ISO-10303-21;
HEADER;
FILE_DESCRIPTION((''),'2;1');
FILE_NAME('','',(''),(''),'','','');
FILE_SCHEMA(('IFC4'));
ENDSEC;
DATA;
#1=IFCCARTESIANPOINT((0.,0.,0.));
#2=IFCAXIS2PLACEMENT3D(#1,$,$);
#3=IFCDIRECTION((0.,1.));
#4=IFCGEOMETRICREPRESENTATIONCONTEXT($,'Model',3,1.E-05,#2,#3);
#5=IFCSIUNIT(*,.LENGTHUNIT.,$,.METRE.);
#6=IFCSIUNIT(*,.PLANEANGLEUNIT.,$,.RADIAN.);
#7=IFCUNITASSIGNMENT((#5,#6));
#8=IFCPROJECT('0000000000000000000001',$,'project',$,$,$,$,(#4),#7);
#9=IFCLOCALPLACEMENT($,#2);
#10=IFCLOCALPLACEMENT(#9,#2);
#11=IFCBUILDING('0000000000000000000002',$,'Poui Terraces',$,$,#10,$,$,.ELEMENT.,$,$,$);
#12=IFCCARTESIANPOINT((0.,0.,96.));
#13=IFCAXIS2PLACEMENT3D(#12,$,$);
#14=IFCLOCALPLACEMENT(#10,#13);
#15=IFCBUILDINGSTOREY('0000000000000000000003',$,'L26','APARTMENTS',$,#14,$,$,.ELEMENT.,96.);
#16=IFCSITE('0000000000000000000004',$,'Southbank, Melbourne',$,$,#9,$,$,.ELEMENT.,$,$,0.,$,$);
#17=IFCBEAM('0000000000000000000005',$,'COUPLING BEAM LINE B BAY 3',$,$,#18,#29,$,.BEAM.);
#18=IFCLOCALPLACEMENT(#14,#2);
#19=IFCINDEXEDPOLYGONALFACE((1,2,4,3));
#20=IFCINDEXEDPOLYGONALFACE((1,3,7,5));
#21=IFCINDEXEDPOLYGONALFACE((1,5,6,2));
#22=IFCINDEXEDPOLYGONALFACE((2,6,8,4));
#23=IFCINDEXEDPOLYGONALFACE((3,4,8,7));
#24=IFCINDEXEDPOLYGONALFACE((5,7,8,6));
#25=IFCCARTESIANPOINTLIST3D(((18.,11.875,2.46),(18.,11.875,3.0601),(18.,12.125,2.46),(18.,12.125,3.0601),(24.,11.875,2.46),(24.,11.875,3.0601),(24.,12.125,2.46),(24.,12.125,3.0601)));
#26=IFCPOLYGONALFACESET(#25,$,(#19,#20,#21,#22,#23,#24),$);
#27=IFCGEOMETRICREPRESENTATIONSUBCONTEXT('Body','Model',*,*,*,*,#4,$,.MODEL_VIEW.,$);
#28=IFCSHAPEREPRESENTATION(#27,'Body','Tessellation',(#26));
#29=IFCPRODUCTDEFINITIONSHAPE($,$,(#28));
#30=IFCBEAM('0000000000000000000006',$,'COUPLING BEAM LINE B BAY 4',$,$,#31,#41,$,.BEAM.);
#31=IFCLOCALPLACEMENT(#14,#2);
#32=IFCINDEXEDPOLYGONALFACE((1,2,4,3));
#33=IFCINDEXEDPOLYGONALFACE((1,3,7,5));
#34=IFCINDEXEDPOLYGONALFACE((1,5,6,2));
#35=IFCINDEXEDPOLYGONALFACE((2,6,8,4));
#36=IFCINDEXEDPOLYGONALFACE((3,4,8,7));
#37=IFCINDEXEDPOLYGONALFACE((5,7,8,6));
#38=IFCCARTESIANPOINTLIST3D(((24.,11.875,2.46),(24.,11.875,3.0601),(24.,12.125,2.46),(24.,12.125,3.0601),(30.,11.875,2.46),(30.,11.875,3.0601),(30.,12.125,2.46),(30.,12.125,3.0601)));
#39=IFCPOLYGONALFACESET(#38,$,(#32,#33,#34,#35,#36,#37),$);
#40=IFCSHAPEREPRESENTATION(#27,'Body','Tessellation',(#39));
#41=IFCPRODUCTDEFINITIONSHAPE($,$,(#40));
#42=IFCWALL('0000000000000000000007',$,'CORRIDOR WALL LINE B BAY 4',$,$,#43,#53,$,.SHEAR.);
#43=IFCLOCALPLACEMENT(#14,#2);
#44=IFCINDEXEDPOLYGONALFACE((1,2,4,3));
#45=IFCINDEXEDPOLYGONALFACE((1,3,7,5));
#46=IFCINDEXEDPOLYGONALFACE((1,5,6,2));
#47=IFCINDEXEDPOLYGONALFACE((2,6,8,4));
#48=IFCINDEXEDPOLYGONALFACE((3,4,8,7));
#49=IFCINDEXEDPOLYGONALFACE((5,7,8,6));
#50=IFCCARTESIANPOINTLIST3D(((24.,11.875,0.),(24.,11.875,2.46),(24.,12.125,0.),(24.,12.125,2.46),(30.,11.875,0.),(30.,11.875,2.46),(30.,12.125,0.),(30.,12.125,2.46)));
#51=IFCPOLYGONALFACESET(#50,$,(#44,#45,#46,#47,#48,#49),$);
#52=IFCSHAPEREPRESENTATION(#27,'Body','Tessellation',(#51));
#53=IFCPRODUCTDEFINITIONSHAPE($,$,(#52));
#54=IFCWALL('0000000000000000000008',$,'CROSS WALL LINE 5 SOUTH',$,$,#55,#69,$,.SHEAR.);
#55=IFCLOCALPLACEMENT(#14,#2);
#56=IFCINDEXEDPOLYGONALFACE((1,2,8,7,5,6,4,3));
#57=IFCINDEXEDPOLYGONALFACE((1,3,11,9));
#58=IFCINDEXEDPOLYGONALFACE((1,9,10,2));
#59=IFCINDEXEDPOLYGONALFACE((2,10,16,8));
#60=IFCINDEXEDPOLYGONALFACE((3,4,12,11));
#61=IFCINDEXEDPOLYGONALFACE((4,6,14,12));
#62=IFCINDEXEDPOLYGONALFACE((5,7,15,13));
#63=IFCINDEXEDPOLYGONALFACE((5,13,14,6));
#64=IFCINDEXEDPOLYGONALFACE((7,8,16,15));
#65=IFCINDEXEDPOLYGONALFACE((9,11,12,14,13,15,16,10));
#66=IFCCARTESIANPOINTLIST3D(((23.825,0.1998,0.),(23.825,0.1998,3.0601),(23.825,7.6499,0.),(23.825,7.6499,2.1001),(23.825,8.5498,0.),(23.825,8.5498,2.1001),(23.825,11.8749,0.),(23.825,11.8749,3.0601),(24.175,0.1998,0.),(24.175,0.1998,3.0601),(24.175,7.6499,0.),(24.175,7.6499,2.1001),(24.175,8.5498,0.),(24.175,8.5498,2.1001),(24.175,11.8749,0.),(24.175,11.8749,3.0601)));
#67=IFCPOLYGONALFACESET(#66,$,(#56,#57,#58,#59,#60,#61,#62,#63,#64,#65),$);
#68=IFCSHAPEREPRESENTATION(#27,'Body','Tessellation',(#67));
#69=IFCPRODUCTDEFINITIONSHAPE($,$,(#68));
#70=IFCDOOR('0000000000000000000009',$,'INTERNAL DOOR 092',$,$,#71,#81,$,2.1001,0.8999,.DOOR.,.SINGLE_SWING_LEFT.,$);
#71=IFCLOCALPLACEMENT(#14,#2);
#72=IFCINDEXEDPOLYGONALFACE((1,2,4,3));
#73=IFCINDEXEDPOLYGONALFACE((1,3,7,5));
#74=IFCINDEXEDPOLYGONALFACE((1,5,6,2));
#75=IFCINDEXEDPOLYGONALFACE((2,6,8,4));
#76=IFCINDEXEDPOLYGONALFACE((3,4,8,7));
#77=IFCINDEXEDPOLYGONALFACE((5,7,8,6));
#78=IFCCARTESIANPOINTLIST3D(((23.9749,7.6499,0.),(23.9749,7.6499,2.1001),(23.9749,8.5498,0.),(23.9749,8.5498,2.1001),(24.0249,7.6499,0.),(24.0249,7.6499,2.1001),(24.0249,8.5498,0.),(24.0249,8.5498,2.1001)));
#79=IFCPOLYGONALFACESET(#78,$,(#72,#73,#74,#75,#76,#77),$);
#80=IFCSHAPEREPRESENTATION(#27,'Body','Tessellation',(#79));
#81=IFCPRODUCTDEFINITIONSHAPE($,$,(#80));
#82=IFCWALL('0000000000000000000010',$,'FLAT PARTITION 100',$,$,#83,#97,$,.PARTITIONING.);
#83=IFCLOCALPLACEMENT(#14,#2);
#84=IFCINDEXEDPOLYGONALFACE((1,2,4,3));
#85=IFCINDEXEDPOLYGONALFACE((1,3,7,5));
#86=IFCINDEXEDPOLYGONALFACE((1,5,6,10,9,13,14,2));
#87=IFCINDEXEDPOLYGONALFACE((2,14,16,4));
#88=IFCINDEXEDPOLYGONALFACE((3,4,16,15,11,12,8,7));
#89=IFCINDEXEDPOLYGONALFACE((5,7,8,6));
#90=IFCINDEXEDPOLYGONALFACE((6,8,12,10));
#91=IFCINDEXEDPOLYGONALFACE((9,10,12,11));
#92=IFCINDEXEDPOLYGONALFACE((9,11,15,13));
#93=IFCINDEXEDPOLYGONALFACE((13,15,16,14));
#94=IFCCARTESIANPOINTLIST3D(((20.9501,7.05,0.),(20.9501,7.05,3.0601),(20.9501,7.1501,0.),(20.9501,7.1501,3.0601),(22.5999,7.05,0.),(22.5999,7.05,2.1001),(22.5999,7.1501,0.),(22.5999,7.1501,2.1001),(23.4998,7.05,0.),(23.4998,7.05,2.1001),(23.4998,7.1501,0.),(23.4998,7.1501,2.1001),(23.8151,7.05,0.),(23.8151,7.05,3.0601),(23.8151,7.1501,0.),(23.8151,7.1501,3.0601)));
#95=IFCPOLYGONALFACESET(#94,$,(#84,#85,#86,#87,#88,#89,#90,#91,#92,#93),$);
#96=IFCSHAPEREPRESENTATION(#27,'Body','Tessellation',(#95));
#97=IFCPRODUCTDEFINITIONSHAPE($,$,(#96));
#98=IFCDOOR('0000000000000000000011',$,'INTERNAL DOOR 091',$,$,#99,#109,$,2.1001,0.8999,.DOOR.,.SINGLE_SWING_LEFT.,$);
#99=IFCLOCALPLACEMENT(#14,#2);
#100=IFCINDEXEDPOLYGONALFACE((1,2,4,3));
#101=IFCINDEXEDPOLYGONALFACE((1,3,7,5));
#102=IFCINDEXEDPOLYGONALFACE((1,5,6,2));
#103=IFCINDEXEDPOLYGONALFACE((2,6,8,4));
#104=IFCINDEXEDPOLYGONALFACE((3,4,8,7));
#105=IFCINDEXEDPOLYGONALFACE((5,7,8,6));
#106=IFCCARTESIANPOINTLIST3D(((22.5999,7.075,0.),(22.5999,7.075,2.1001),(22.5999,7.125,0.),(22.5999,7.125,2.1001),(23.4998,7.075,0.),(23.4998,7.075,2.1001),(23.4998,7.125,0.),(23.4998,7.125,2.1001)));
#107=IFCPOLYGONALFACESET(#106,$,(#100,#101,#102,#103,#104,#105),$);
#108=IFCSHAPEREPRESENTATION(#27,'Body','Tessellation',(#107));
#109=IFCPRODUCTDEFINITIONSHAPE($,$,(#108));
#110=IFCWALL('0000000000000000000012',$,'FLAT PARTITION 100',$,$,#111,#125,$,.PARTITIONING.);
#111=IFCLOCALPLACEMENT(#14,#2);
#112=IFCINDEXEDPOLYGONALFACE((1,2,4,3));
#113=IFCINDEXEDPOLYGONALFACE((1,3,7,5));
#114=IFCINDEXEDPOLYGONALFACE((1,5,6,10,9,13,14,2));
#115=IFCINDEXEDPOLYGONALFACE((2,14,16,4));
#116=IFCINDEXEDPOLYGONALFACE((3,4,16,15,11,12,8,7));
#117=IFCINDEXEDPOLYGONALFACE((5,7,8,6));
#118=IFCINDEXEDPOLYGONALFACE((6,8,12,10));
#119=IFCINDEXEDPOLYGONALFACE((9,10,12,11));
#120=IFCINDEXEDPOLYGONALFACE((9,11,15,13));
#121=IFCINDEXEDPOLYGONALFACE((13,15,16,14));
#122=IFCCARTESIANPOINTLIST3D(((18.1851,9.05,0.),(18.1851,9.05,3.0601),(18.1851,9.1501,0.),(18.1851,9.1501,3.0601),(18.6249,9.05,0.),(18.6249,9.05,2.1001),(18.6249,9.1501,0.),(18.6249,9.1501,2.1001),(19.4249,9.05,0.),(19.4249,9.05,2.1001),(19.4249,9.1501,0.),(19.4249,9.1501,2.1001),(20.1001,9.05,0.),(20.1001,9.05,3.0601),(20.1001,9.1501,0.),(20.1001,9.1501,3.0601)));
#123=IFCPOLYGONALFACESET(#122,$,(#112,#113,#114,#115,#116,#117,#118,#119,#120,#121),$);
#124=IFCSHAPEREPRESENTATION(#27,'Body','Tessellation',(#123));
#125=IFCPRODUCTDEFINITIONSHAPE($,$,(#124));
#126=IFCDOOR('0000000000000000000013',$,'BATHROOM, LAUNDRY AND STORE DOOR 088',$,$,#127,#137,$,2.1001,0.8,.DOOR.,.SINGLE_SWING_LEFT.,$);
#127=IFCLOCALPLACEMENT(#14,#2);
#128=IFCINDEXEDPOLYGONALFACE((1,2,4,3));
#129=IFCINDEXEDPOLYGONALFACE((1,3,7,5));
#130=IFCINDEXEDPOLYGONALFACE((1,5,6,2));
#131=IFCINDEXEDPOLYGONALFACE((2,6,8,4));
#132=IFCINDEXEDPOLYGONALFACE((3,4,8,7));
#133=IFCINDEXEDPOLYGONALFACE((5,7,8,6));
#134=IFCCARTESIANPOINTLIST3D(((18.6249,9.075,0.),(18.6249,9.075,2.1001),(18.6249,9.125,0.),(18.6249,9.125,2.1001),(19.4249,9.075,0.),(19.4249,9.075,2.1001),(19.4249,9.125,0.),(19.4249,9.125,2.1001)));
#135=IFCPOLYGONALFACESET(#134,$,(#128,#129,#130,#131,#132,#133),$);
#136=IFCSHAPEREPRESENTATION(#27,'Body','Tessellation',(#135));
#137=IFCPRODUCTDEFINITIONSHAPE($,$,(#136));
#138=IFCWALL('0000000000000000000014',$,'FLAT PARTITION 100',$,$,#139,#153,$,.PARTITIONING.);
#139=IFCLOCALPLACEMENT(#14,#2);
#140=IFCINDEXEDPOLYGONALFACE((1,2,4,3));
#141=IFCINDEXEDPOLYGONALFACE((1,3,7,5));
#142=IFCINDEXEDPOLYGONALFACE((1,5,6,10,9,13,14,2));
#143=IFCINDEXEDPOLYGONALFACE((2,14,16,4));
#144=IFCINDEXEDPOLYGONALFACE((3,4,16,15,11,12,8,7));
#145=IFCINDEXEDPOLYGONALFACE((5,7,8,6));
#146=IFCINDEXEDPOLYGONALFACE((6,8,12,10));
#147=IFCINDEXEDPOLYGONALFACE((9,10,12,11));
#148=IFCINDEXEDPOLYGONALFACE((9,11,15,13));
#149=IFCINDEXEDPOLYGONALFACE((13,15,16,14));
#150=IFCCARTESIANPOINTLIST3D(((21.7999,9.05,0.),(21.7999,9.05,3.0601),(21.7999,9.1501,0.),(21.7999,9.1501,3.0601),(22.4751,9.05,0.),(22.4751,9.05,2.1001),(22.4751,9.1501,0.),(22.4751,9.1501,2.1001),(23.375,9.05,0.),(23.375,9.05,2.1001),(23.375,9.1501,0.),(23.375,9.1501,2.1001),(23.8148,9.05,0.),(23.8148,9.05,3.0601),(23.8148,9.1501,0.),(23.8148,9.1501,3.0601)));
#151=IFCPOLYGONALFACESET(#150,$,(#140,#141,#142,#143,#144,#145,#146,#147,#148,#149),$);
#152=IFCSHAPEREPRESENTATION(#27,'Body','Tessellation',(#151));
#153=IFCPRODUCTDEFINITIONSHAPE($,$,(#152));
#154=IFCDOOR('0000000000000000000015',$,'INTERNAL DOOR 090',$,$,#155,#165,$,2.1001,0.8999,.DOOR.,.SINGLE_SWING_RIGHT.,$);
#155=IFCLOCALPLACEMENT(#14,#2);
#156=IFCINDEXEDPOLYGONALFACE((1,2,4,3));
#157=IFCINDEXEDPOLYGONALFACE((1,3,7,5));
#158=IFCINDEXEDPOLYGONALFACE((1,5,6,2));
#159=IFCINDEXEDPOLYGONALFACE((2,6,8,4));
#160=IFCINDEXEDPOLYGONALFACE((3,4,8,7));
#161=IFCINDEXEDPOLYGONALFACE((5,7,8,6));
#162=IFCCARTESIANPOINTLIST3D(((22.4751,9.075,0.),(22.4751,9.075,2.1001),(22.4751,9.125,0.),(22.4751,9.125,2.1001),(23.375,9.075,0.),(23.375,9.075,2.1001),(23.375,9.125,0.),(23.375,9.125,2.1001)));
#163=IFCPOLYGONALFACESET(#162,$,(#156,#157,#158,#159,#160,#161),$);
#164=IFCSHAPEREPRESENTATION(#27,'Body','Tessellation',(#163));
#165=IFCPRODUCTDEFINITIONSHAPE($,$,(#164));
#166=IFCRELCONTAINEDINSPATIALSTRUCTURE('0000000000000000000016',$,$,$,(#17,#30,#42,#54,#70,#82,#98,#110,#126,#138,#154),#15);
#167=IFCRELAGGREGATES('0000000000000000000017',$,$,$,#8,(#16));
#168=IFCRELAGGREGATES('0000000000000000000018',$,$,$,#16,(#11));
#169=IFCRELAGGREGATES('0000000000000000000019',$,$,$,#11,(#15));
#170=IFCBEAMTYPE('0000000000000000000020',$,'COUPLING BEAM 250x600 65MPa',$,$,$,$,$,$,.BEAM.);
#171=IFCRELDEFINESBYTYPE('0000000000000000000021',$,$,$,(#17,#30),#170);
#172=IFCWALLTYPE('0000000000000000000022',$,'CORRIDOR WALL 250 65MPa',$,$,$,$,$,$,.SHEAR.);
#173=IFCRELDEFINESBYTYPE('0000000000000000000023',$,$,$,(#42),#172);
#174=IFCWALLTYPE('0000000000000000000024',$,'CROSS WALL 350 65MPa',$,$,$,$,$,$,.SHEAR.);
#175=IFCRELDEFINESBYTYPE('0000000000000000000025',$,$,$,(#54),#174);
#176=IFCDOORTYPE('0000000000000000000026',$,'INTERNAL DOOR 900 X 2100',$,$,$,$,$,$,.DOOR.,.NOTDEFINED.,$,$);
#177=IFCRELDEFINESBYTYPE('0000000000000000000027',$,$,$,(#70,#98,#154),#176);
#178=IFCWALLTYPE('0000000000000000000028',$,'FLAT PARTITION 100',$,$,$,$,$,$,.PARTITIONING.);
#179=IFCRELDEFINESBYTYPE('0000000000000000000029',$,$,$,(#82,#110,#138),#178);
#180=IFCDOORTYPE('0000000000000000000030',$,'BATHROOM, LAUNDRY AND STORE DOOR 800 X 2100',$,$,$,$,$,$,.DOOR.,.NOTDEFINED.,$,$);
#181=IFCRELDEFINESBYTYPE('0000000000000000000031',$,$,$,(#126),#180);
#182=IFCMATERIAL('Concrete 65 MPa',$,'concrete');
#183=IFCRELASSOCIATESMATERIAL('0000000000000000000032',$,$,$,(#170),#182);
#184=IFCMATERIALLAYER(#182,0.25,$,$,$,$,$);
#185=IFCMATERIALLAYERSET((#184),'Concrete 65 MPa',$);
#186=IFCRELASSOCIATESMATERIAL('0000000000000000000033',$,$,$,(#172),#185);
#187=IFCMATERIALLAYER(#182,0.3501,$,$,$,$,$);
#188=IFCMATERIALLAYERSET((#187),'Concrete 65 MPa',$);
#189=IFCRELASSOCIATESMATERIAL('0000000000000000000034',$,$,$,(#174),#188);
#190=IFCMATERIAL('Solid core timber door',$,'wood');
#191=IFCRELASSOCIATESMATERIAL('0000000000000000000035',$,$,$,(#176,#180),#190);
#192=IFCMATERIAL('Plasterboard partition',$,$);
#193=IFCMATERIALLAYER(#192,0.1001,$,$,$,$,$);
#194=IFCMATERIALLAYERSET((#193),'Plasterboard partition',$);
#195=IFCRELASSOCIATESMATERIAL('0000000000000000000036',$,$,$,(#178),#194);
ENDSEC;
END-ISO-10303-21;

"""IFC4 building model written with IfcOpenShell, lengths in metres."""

from ifc_helpers import new_model, si_unit, direction, frame, frame_2d, origin, origin_2d, place, context, subcontext, project, spatial, rectangle, extrude, source, transform, mapped, material, layer, layer_set, material_profile, profile_set, type_object, element, fill, save


model = new_model("IFC4")

# Units and contexts
model_context = context("Model", 3, precision=1e-05, world=origin(), true_north=direction((0.0, 1.0)))
body_context = subcontext(model_context, "Body", "Model", "MODEL_VIEW")
ifc_project = project(units=[si_unit("LENGTHUNIT", "METRE"), si_unit("PLANEANGLEUNIT", "RADIAN")], contexts=[model_context])

# Site, building, storey
site_placement = place(None, origin())
site = spatial("IfcSite", under=ifc_project, at=site_placement, Name="Southbank, Melbourne", CompositionType="ELEMENT", RefElevation=0.0)
building_placement = place(site_placement, origin())
building = spatial("IfcBuilding", under=site, at=building_placement, Name="Poui Terraces", CompositionType="ELEMENT")
storey_placement = place(building_placement, frame((0.0, 0.0, 96.0)))
storey = spatial("IfcBuildingStorey", under=building, at=storey_placement, Name="L26", Description="APARTMENTS", CompositionType="ELEMENT", Elevation=96.0)

# Beams
ifc_material_1 = material(Name="Concrete 65 MPa", Category="concrete")
ifc_material_profile = material_profile(ifc_material_1, rectangle(XDim=0.25, YDim=0.6001, at=origin_2d()), Name="RC 250x600")
ifc_profile_set = profile_set([ifc_material_profile], Name="Concrete 65 MPa")
beam_type = type_object("IfcBeamType", Name="COUPLING BEAM 250x600 65MPa", PredefinedType="BEAM", material=ifc_profile_set)
shared_shape = source(origin(), body_context, "Body", "SweptSolid", [
    extrude(rectangle(XDim=0.25, YDim=0.6001, at=origin_2d()), origin(), (0.0, 0.0, 1.0), 6.0),
])
for number, where, z_axis, x_axis, name in (
    (1, (18.0, 12.0, 2.76), (1.0, 0.0, 0.0), (0.0, 1.0, 0.0), "COUPLING BEAM LINE B BAY 3"),
    (2, (24.0, 12.0, 2.76), (1.0, 0.0, 0.0), (0.0, 1.0, 0.0), "COUPLING BEAM LINE B BAY 4"),
):
    element("IfcBeam", number, at=place(storey_placement, frame(where, z_axis=z_axis, x_axis=x_axis)), inside=storey, type_object=beam_type, Name=name, PredefinedType="BEAM", context=body_context, shape_type="MappedRepresentation", body=[
        mapped(shared_shape, transform((0.0, 0.0, 0.0))),
    ])

# Wall
ifc_layer_1 = layer(ifc_material_1, 0.25)
ifc_layer_set_1 = layer_set([ifc_layer_1], Name="Concrete 65 MPa")
wall_type_1 = type_object("IfcWallType", Name="CORRIDOR WALL 250 65MPa", PredefinedType="SHEAR", material=ifc_layer_set_1)
wall_1_placement = place(storey_placement, frame((24.0, 12.0, 0.0), z_axis=(0.0, 0.0, 1.0), x_axis=(1.0, 0.0, 0.0)))
element("IfcWall", 3, at=wall_1_placement, inside=storey, type_object=wall_type_1, Name="CORRIDOR WALL LINE B BAY 4", PredefinedType="SHEAR", context=body_context, shape_type="SweptSolid", body=[
    extrude(rectangle(XDim=6.0, YDim=0.25, at=frame_2d((3.0, 0.0))), origin(), (0.0, 0.0, 1.0), 2.46),
])

# Walls, openings, doors
ifc_layer_2 = layer(ifc_material_1, 0.3501)
ifc_layer_set_2 = layer_set([ifc_layer_2], Name="Concrete 65 MPa")
wall_type_2 = type_object("IfcWallType", Name="CROSS WALL 350 65MPa", PredefinedType="SHEAR", material=ifc_layer_set_2)
wall_2_placement = place(storey_placement, frame((24.0, 0.2, 0.0), z_axis=(0.0, 0.0, 1.0), x_axis=(0.0, 1.0, 0.0)))
wall_2 = element("IfcWall", 4, at=wall_2_placement, inside=storey, type_object=wall_type_2, Name="CROSS WALL LINE 5 SOUTH", PredefinedType="SHEAR", context=body_context, shape_type="SweptSolid", body=[
    extrude(rectangle(XDim=11.675, YDim=0.3501, at=frame_2d((5.8374, 0.0))), origin(), (0.0, 0.0, 1.0), 3.0601),
])
opening_1_placement = place(wall_2_placement, frame((7.45, 0.0, 0.0)))
opening_1 = element("IfcOpeningElement", 5, at=opening_1_placement, cuts=wall_2, PredefinedType="OPENING", context=body_context, shape_type="SweptSolid", body=[
    extrude(rectangle(XDim=0.8999, YDim=2.1001, at=frame_2d((0.45, 1.05))), frame((0.0, 0.1851, 0.0), z_axis=(0.0, -1.0, 0.0), x_axis=(1.0, 0.0, 0.0)), (0.0, 0.0, 1.0), 0.3701),
])
ifc_material_2 = material(Name="Solid core timber door", Category="wood")
door_type_1 = type_object("IfcDoorType", Name="INTERNAL DOOR 900 X 2100", OperationType="NOTDEFINED", PredefinedType="DOOR", material=ifc_material_2)
door_1_placement = place(opening_1_placement, frame((0.8999, 0.0, 0.0), z_axis=(0.0, 0.0, 1.0), x_axis=(-1.0, 0.0, 0.0)))
door_1 = element("IfcDoor", 6, at=door_1_placement, inside=storey, type_object=door_type_1, Name="INTERNAL DOOR 092", OperationType="SINGLE_SWING_LEFT", OverallHeight=2.1001, OverallWidth=0.8999, PredefinedType="DOOR", context=body_context, shape_type="SweptSolid", body=[
    extrude(rectangle(XDim=0.8999, YDim=2.1001, at=frame_2d((0.45, 1.05))), frame((0.0, 0.0249, 0.0), z_axis=(0.0, -1.0, 0.0), x_axis=(1.0, 0.0, 0.0)), (0.0, 0.0, 1.0), 0.05),
])
fill(opening_1, door_1)
ifc_material_3 = material(Name="Plasterboard partition")
ifc_layer_3 = layer(ifc_material_3, 0.1001)
ifc_layer_set_3 = layer_set([ifc_layer_3], Name="Plasterboard partition")
wall_type_3 = type_object("IfcWallType", Name="FLAT PARTITION 100", PredefinedType="PARTITIONING", material=ifc_layer_set_3)
wall_3_placement = place(storey_placement, frame((20.95, 7.1001, 0.0), z_axis=(0.0, 0.0, 1.0), x_axis=(1.0, 0.0, 0.0)))
wall_3 = element("IfcWall", 7, at=wall_3_placement, inside=storey, type_object=wall_type_3, Name="FLAT PARTITION 100", PredefinedType="PARTITIONING", context=body_context, shape_type="SweptSolid", body=[
    extrude(rectangle(XDim=2.865, YDim=0.1001, at=frame_2d((1.4326, 0.0))), origin(), (0.0, 0.0, 1.0), 3.0601),
])
opening_2_placement = place(wall_3_placement, frame((1.6499, 0.0, 0.0)))
opening_2 = element("IfcOpeningElement", 8, at=opening_2_placement, cuts=wall_3, PredefinedType="OPENING", context=body_context, shape_type="SweptSolid", body=[
    extrude(rectangle(XDim=0.8999, YDim=2.1001, at=frame_2d((0.45, 1.05))), frame((0.0, 0.0601, 0.0), z_axis=(0.0, -1.0, 0.0), x_axis=(1.0, 0.0, 0.0)), (0.0, 0.0, 1.0), 0.1201),
])
door_2_placement = place(opening_2_placement, origin())
door_2 = element("IfcDoor", 9, at=door_2_placement, inside=storey, type_object=door_type_1, Name="INTERNAL DOOR 091", OperationType="SINGLE_SWING_LEFT", OverallHeight=2.1001, OverallWidth=0.8999, PredefinedType="DOOR", context=body_context, shape_type="SweptSolid", body=[
    extrude(rectangle(XDim=0.8999, YDim=2.1001, at=frame_2d((0.45, 1.05))), frame((0.0, 0.0249, 0.0), z_axis=(0.0, -1.0, 0.0), x_axis=(1.0, 0.0, 0.0)), (0.0, 0.0, 1.0), 0.05),
])
fill(opening_2, door_2)
wall_4_placement = place(storey_placement, frame((18.1851, 9.1001, 0.0), z_axis=(0.0, 0.0, 1.0), x_axis=(1.0, 0.0, 0.0)))
wall_4 = element("IfcWall", 10, at=wall_4_placement, inside=storey, type_object=wall_type_3, Name="FLAT PARTITION 100", PredefinedType="PARTITIONING", context=body_context, shape_type="SweptSolid", body=[
    extrude(rectangle(XDim=1.915, YDim=0.1001, at=frame_2d((0.9575, 0.0))), origin(), (0.0, 0.0, 1.0), 3.0601),
])
opening_3_placement = place(wall_4_placement, frame((0.4399, 0.0, 0.0)))
opening_3 = element("IfcOpeningElement", 11, at=opening_3_placement, cuts=wall_4, PredefinedType="OPENING", context=body_context, shape_type="SweptSolid", body=[
    extrude(rectangle(XDim=0.8, YDim=2.1001, at=frame_2d((0.3999, 1.05))), frame((0.0, 0.0601, 0.0), z_axis=(0.0, -1.0, 0.0), x_axis=(1.0, 0.0, 0.0)), (0.0, 0.0, 1.0), 0.1201),
])
door_type_2 = type_object("IfcDoorType", Name="BATHROOM, LAUNDRY AND STORE DOOR 800 X 2100", OperationType="NOTDEFINED", PredefinedType="DOOR", material=ifc_material_2)
door_3_placement = place(opening_3_placement, origin())
door_3 = element("IfcDoor", 12, at=door_3_placement, inside=storey, type_object=door_type_2, Name="BATHROOM, LAUNDRY AND STORE DOOR 088", OperationType="SINGLE_SWING_LEFT", OverallHeight=2.1001, OverallWidth=0.8, PredefinedType="DOOR", context=body_context, shape_type="SweptSolid", body=[
    extrude(rectangle(XDim=0.8, YDim=2.1001, at=frame_2d((0.3999, 1.05))), frame((0.0, 0.0249, 0.0), z_axis=(0.0, -1.0, 0.0), x_axis=(1.0, 0.0, 0.0)), (0.0, 0.0, 1.0), 0.05),
])
fill(opening_3, door_3)
wall_5_placement = place(storey_placement, frame((21.8, 9.1001, 0.0), z_axis=(0.0, 0.0, 1.0), x_axis=(1.0, 0.0, 0.0)))
wall_5 = element("IfcWall", 13, at=wall_5_placement, inside=storey, type_object=wall_type_3, Name="FLAT PARTITION 100", PredefinedType="PARTITIONING", context=body_context, shape_type="SweptSolid", body=[
    extrude(rectangle(XDim=2.0149, YDim=0.1001, at=frame_2d((1.0073, 0.0))), origin(), (0.0, 0.0, 1.0), 3.0601),
])
opening_4_placement = place(wall_5_placement, frame((0.675, 0.0, 0.0)))
opening_4 = element("IfcOpeningElement", 14, at=opening_4_placement, cuts=wall_5, PredefinedType="OPENING", context=body_context, shape_type="SweptSolid", body=[
    extrude(rectangle(XDim=0.8999, YDim=2.1001, at=frame_2d((0.45, 1.05))), frame((0.0, 0.0601, 0.0), z_axis=(0.0, -1.0, 0.0), x_axis=(1.0, 0.0, 0.0)), (0.0, 0.0, 1.0), 0.1201),
])
door_4_placement = place(opening_4_placement, origin())
door_4 = element("IfcDoor", 15, at=door_4_placement, inside=storey, type_object=door_type_1, Name="INTERNAL DOOR 090", OperationType="SINGLE_SWING_RIGHT", OverallHeight=2.1001, OverallWidth=0.8999, PredefinedType="DOOR", context=body_context, shape_type="SweptSolid", body=[
    extrude(rectangle(XDim=0.8999, YDim=2.1001, at=frame_2d((0.45, 1.05))), frame((0.0, 0.0249, 0.0), z_axis=(0.0, -1.0, 0.0), x_axis=(1.0, 0.0, 0.0)), (0.0, 0.0, 1.0), 0.05),
])
fill(opening_4, door_4)

save(model, "model.ifc")
